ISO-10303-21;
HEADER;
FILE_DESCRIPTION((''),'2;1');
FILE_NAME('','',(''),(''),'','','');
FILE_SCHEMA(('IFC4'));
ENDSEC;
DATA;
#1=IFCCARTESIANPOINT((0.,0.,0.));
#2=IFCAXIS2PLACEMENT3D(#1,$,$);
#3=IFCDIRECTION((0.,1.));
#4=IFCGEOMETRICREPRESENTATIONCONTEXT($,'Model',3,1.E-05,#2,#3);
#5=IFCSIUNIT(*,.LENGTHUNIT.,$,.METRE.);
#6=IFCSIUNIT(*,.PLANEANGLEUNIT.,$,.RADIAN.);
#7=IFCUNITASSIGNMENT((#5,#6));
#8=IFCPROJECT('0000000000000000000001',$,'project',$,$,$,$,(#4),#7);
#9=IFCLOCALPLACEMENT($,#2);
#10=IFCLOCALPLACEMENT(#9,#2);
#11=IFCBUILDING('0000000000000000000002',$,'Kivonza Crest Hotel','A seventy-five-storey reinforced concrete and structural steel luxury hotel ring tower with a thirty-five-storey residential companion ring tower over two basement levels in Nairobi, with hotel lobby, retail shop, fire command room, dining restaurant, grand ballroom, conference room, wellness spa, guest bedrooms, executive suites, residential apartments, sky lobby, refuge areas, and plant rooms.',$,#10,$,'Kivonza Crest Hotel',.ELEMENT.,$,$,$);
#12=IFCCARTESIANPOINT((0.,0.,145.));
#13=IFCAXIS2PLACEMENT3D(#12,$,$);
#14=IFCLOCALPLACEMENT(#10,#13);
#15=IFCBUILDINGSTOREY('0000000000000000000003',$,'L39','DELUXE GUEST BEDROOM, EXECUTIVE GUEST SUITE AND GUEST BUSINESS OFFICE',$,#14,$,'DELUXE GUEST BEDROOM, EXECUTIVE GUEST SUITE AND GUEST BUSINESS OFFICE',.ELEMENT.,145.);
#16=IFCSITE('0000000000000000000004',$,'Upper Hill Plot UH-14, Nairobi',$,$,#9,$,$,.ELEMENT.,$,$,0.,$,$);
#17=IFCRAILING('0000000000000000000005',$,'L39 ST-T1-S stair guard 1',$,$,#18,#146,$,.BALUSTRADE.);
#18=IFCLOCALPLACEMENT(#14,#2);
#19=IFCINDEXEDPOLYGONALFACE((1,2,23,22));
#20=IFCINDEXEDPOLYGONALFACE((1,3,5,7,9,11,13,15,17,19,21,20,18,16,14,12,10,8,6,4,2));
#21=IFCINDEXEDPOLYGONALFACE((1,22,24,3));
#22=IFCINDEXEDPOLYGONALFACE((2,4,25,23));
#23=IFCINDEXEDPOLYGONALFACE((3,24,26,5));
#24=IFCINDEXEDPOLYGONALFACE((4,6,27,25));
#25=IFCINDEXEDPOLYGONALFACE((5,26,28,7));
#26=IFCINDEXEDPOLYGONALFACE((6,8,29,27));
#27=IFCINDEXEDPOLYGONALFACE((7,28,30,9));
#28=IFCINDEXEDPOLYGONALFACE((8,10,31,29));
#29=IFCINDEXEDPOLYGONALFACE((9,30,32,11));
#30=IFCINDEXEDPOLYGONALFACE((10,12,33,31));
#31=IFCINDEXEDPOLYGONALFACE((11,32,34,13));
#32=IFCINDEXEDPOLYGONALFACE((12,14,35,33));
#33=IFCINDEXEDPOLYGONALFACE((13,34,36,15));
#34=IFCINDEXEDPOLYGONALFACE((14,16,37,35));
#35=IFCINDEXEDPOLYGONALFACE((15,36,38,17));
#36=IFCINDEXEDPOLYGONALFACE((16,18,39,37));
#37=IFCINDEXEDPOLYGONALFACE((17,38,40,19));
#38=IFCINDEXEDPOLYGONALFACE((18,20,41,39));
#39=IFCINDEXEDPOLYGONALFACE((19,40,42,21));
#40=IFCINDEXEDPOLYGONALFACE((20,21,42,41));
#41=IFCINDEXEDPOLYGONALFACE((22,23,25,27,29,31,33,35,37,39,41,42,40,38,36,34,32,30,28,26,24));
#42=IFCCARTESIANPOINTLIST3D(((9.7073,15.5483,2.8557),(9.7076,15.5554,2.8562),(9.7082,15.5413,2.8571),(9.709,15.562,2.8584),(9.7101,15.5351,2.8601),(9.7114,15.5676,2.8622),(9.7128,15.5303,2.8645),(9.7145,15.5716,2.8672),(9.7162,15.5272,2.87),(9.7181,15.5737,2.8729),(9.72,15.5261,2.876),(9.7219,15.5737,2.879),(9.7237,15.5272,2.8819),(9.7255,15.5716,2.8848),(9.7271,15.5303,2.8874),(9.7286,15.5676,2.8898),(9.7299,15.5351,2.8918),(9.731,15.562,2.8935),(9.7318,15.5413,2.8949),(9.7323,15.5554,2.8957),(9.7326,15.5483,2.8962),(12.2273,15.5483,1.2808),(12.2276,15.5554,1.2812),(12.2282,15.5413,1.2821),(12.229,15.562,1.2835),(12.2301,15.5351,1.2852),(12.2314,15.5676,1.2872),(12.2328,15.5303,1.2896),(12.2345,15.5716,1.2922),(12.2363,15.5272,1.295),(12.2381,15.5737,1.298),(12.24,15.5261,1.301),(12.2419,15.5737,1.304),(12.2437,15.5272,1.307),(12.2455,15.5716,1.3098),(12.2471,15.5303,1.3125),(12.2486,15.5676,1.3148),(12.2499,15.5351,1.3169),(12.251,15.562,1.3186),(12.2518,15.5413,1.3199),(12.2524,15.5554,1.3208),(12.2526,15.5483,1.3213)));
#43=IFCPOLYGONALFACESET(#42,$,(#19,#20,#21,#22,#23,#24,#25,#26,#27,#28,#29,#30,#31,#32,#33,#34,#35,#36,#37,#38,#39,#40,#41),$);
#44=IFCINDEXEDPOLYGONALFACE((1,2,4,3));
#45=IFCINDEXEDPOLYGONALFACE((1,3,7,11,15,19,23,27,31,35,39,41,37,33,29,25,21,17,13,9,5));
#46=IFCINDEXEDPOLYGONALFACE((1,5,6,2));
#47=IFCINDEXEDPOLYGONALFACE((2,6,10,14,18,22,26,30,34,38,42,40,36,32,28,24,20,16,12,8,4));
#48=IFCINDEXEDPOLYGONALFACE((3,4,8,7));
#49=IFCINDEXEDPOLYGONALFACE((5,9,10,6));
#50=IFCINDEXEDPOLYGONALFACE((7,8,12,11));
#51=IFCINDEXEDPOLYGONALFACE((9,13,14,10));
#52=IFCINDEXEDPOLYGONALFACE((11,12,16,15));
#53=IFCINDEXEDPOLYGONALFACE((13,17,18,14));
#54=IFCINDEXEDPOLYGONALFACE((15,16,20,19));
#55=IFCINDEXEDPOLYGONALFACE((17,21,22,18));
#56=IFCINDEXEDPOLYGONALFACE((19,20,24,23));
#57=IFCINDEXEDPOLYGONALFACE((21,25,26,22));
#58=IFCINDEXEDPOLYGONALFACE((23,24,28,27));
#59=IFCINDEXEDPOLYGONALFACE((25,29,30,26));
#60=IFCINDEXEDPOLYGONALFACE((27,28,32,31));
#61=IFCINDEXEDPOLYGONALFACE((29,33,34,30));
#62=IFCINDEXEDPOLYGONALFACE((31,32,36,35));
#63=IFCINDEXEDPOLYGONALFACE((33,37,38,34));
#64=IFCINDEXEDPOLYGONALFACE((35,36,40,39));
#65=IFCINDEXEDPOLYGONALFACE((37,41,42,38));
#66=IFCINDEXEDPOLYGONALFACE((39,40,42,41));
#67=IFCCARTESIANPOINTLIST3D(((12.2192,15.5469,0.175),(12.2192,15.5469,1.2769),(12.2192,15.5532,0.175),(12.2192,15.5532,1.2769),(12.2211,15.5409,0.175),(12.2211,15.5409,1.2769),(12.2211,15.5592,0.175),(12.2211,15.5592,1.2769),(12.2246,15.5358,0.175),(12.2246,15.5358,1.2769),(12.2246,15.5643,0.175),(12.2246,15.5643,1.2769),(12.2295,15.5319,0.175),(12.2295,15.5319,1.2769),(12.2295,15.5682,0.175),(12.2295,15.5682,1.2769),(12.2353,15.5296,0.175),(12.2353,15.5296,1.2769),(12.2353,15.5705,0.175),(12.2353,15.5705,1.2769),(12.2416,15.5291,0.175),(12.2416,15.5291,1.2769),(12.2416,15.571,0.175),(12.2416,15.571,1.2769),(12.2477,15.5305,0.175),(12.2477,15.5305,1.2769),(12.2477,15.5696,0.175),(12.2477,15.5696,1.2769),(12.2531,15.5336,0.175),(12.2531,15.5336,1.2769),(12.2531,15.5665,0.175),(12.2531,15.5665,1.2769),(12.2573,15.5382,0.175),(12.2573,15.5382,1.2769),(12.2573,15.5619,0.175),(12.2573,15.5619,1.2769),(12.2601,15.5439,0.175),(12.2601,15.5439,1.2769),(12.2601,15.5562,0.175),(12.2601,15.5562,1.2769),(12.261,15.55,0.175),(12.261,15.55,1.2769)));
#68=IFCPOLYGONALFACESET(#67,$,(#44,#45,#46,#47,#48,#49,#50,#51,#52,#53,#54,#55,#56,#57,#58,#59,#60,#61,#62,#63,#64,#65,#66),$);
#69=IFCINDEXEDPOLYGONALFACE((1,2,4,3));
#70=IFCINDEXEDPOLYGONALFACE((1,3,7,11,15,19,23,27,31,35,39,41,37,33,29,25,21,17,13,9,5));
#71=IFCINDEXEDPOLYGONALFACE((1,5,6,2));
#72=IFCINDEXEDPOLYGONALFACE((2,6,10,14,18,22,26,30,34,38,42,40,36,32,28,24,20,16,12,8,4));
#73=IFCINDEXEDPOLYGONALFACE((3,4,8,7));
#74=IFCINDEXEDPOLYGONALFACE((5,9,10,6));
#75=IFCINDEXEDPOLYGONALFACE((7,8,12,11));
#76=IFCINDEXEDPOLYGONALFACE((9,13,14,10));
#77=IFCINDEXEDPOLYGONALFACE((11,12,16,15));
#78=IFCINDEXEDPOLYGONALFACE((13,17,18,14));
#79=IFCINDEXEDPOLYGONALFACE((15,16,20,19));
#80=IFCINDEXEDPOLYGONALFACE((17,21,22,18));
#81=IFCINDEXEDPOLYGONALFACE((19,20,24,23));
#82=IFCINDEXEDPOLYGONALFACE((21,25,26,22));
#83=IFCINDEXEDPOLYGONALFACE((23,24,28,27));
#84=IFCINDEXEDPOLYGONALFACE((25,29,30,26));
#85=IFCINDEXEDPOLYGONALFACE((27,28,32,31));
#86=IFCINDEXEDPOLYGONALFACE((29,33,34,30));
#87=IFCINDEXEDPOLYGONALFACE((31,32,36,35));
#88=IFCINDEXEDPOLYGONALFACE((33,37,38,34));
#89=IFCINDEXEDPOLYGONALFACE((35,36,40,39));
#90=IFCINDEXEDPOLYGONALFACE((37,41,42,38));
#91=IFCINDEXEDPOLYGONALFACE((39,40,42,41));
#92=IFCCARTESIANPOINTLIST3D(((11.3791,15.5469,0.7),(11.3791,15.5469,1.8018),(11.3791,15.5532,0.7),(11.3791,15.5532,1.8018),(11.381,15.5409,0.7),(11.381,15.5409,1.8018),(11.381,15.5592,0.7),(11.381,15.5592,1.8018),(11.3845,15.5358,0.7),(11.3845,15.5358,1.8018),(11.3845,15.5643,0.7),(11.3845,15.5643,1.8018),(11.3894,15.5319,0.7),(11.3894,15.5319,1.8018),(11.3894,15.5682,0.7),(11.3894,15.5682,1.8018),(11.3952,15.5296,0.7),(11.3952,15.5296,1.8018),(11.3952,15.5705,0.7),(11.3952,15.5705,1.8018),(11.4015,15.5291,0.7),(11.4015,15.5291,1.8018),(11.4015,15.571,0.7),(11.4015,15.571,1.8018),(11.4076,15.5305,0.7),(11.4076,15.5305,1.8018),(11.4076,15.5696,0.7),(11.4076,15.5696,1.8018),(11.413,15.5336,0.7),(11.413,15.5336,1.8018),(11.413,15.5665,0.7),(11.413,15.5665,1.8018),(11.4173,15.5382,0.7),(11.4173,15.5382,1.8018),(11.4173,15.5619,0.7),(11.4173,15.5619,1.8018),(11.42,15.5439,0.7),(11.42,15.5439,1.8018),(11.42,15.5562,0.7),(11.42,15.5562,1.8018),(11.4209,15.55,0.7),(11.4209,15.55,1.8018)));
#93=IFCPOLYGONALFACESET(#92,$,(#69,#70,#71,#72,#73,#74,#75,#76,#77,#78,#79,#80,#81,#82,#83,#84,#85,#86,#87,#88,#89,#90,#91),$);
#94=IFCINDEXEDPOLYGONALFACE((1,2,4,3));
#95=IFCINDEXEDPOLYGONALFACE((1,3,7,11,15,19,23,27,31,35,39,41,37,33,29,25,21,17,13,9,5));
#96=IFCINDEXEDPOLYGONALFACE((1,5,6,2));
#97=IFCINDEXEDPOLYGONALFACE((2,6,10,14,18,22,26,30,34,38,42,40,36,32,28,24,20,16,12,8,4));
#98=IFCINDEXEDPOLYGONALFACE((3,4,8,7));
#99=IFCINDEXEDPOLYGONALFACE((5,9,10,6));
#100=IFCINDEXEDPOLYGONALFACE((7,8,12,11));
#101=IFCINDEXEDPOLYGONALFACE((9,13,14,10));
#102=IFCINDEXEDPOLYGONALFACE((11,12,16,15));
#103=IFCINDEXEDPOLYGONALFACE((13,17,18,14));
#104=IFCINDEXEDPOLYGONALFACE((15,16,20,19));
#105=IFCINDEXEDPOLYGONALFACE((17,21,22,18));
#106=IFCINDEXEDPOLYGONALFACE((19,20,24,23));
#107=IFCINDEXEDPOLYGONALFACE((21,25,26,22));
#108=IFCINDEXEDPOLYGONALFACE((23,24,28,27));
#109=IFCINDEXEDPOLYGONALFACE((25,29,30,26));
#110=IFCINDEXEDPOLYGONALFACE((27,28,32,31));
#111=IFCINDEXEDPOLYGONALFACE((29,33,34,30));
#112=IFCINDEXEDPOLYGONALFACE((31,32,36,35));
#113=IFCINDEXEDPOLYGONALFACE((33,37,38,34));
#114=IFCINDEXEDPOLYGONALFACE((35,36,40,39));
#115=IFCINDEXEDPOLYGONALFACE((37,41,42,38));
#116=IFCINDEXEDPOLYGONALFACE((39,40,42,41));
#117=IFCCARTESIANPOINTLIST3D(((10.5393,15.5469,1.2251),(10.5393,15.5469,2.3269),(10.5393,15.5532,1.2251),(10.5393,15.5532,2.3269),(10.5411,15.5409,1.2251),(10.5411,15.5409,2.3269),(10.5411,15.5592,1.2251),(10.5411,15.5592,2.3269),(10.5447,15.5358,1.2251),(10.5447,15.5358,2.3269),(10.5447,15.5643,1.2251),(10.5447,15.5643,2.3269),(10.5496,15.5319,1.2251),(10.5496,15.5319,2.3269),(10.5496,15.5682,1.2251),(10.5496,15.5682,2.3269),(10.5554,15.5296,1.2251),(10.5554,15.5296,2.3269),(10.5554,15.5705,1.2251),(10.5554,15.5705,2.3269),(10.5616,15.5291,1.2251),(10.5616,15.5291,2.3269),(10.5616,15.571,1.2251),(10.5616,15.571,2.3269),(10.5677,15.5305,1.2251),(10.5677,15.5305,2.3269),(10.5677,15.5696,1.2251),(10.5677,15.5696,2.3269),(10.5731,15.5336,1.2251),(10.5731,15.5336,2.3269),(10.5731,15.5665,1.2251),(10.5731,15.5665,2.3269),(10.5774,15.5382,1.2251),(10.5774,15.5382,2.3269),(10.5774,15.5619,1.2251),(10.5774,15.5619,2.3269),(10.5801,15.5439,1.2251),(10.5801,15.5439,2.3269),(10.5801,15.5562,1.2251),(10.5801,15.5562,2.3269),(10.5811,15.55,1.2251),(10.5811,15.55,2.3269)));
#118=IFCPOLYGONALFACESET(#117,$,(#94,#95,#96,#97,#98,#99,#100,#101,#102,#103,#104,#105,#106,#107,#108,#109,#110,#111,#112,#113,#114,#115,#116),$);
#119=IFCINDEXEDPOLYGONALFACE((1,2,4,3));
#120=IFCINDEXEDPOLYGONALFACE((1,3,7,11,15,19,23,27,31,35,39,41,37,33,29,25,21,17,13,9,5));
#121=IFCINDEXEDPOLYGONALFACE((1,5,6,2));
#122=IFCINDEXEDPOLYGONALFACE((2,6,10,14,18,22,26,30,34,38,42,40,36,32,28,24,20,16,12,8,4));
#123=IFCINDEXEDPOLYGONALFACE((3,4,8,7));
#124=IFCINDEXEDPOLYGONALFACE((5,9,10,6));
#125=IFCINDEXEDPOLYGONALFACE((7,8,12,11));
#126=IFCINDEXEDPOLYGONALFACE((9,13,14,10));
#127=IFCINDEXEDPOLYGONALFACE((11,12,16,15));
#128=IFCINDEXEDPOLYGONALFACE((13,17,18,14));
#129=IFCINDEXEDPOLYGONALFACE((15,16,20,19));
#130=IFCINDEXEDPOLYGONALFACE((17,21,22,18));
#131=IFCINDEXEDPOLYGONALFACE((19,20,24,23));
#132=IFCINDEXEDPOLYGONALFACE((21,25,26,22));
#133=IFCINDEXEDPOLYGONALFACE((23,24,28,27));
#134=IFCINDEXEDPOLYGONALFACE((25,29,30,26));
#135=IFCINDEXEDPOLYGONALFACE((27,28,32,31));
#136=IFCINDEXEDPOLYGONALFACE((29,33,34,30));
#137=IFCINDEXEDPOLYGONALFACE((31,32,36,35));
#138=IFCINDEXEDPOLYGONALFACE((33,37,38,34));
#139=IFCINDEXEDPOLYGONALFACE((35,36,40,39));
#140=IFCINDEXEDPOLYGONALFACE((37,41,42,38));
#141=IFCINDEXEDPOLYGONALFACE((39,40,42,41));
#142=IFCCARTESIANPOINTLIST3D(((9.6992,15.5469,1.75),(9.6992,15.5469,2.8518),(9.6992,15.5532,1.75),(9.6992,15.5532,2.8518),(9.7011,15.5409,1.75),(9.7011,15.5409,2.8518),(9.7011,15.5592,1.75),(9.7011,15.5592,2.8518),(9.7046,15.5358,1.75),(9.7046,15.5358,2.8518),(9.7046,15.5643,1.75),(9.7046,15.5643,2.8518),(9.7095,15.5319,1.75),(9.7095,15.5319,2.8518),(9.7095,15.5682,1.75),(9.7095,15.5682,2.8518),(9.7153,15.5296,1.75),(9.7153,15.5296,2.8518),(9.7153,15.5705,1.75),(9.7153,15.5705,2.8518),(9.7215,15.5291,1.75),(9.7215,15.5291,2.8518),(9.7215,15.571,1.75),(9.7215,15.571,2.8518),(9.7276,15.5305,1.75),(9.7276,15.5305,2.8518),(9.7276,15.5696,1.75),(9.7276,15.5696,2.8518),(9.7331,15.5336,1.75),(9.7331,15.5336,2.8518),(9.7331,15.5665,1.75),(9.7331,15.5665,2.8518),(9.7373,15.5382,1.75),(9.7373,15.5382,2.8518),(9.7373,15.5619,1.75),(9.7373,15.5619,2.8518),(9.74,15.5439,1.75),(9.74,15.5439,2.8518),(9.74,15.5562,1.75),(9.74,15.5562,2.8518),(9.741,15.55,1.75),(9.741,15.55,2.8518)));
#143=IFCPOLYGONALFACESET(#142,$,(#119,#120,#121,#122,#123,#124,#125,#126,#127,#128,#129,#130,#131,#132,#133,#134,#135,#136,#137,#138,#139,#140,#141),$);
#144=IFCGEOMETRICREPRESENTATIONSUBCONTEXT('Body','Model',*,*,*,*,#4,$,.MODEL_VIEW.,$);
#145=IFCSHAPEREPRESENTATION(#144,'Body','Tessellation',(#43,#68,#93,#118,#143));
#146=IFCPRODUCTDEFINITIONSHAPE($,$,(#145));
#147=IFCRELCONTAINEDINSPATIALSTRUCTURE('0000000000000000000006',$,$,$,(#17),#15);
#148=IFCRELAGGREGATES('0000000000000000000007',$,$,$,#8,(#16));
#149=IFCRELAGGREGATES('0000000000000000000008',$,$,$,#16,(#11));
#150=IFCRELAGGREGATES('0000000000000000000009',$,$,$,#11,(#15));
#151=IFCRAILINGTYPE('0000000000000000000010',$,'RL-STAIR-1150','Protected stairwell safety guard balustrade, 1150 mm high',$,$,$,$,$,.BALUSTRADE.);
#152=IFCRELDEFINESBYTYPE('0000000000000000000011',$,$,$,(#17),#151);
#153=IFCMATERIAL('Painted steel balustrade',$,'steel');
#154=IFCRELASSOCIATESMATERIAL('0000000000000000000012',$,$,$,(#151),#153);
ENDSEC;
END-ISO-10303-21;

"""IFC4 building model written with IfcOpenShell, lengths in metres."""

from ifc_helpers import new_model, si_unit, direction, frame, origin, origin_2d, place, context, subcontext, project, spatial, circle, extrude, material, type_object, element, save


model = new_model("IFC4")

# Units and contexts
model_context = context("Model", 3, precision=1e-05, world=origin(), true_north=direction((0.0, 1.0)))
body_context = subcontext(model_context, "Body", "Model", "MODEL_VIEW")
ifc_project = project(units=[si_unit("LENGTHUNIT", "METRE"), si_unit("PLANEANGLEUNIT", "RADIAN")], contexts=[model_context])

# Site, building, storey
site_placement = place(None, origin())
site = spatial("IfcSite", under=ifc_project, at=site_placement, Name="Upper Hill Plot UH-14, Nairobi", CompositionType="ELEMENT", RefElevation=0.0)
building_placement = place(site_placement, origin())
building = spatial("IfcBuilding", under=site, at=building_placement, Name="Kivonza Crest Hotel", Description="A seventy-five-storey reinforced concrete and structural steel luxury hotel ring tower with a thirty-five-storey residential companion ring tower over two basement levels in Nairobi, with hotel lobby, retail shop, fire command room, dining restaurant, grand ballroom, conference room, wellness spa, guest bedrooms, executive suites, residential apartments, sky lobby, refuge areas, and plant rooms.", LongName="Kivonza Crest Hotel", CompositionType="ELEMENT")
storey_placement = place(building_placement, frame((0.0, 0.0, 145.0)))
storey = spatial("IfcBuildingStorey", under=building, at=storey_placement, Name="L39", Description="DELUXE GUEST BEDROOM, EXECUTIVE GUEST SUITE AND GUEST BUSINESS OFFICE", LongName="DELUXE GUEST BEDROOM, EXECUTIVE GUEST SUITE AND GUEST BUSINESS OFFICE", CompositionType="ELEMENT", Elevation=145.0)

# Railing
ifc_material_1 = material(Name="Painted steel balustrade", Category="steel")
railing_type_1 = type_object("IfcRailingType", Name="RL-STAIR-1150", Description="Protected stairwell safety guard balustrade, 1150 mm high", PredefinedType="BALUSTRADE", material=ifc_material_1)
railing_1_placement = place(storey_placement, frame((12.24, 15.55, 0.175)))
element("IfcRailing", 1, at=railing_1_placement, inside=storey, type_object=railing_type_1, Name="L39 ST-T1-S stair guard 1", PredefinedType="BALUSTRADE", context=body_context, shape_type="SweptSolid", body=[
    extrude(circle(Radius=0.0239, at=origin_2d()), frame((0.0, 0.0, 1.126), z_axis=(-0.848008, 0.0, 0.529984), x_axis=(0.0, -1.0, 0.0)), (0.0, 0.0, 1.0), 2.9717),
    extrude(circle(Radius=0.021, at=origin_2d()), origin(), (0.0, 0.0, 1.0), 1.1018),
    extrude(circle(Radius=0.021, at=origin_2d()), frame((-0.8401, 0.0, 0.5249)), (0.0, 0.0, 1.0), 1.1018),
    extrude(circle(Radius=0.021, at=origin_2d()), frame((-1.6799, 0.0, 1.05)), (0.0, 0.0, 1.0), 1.1018),
    extrude(circle(Radius=0.021, at=origin_2d()), frame((-2.52, 0.0, 1.575)), (0.0, 0.0, 1.0), 1.1018),
])

save(model, "model.ifc")
